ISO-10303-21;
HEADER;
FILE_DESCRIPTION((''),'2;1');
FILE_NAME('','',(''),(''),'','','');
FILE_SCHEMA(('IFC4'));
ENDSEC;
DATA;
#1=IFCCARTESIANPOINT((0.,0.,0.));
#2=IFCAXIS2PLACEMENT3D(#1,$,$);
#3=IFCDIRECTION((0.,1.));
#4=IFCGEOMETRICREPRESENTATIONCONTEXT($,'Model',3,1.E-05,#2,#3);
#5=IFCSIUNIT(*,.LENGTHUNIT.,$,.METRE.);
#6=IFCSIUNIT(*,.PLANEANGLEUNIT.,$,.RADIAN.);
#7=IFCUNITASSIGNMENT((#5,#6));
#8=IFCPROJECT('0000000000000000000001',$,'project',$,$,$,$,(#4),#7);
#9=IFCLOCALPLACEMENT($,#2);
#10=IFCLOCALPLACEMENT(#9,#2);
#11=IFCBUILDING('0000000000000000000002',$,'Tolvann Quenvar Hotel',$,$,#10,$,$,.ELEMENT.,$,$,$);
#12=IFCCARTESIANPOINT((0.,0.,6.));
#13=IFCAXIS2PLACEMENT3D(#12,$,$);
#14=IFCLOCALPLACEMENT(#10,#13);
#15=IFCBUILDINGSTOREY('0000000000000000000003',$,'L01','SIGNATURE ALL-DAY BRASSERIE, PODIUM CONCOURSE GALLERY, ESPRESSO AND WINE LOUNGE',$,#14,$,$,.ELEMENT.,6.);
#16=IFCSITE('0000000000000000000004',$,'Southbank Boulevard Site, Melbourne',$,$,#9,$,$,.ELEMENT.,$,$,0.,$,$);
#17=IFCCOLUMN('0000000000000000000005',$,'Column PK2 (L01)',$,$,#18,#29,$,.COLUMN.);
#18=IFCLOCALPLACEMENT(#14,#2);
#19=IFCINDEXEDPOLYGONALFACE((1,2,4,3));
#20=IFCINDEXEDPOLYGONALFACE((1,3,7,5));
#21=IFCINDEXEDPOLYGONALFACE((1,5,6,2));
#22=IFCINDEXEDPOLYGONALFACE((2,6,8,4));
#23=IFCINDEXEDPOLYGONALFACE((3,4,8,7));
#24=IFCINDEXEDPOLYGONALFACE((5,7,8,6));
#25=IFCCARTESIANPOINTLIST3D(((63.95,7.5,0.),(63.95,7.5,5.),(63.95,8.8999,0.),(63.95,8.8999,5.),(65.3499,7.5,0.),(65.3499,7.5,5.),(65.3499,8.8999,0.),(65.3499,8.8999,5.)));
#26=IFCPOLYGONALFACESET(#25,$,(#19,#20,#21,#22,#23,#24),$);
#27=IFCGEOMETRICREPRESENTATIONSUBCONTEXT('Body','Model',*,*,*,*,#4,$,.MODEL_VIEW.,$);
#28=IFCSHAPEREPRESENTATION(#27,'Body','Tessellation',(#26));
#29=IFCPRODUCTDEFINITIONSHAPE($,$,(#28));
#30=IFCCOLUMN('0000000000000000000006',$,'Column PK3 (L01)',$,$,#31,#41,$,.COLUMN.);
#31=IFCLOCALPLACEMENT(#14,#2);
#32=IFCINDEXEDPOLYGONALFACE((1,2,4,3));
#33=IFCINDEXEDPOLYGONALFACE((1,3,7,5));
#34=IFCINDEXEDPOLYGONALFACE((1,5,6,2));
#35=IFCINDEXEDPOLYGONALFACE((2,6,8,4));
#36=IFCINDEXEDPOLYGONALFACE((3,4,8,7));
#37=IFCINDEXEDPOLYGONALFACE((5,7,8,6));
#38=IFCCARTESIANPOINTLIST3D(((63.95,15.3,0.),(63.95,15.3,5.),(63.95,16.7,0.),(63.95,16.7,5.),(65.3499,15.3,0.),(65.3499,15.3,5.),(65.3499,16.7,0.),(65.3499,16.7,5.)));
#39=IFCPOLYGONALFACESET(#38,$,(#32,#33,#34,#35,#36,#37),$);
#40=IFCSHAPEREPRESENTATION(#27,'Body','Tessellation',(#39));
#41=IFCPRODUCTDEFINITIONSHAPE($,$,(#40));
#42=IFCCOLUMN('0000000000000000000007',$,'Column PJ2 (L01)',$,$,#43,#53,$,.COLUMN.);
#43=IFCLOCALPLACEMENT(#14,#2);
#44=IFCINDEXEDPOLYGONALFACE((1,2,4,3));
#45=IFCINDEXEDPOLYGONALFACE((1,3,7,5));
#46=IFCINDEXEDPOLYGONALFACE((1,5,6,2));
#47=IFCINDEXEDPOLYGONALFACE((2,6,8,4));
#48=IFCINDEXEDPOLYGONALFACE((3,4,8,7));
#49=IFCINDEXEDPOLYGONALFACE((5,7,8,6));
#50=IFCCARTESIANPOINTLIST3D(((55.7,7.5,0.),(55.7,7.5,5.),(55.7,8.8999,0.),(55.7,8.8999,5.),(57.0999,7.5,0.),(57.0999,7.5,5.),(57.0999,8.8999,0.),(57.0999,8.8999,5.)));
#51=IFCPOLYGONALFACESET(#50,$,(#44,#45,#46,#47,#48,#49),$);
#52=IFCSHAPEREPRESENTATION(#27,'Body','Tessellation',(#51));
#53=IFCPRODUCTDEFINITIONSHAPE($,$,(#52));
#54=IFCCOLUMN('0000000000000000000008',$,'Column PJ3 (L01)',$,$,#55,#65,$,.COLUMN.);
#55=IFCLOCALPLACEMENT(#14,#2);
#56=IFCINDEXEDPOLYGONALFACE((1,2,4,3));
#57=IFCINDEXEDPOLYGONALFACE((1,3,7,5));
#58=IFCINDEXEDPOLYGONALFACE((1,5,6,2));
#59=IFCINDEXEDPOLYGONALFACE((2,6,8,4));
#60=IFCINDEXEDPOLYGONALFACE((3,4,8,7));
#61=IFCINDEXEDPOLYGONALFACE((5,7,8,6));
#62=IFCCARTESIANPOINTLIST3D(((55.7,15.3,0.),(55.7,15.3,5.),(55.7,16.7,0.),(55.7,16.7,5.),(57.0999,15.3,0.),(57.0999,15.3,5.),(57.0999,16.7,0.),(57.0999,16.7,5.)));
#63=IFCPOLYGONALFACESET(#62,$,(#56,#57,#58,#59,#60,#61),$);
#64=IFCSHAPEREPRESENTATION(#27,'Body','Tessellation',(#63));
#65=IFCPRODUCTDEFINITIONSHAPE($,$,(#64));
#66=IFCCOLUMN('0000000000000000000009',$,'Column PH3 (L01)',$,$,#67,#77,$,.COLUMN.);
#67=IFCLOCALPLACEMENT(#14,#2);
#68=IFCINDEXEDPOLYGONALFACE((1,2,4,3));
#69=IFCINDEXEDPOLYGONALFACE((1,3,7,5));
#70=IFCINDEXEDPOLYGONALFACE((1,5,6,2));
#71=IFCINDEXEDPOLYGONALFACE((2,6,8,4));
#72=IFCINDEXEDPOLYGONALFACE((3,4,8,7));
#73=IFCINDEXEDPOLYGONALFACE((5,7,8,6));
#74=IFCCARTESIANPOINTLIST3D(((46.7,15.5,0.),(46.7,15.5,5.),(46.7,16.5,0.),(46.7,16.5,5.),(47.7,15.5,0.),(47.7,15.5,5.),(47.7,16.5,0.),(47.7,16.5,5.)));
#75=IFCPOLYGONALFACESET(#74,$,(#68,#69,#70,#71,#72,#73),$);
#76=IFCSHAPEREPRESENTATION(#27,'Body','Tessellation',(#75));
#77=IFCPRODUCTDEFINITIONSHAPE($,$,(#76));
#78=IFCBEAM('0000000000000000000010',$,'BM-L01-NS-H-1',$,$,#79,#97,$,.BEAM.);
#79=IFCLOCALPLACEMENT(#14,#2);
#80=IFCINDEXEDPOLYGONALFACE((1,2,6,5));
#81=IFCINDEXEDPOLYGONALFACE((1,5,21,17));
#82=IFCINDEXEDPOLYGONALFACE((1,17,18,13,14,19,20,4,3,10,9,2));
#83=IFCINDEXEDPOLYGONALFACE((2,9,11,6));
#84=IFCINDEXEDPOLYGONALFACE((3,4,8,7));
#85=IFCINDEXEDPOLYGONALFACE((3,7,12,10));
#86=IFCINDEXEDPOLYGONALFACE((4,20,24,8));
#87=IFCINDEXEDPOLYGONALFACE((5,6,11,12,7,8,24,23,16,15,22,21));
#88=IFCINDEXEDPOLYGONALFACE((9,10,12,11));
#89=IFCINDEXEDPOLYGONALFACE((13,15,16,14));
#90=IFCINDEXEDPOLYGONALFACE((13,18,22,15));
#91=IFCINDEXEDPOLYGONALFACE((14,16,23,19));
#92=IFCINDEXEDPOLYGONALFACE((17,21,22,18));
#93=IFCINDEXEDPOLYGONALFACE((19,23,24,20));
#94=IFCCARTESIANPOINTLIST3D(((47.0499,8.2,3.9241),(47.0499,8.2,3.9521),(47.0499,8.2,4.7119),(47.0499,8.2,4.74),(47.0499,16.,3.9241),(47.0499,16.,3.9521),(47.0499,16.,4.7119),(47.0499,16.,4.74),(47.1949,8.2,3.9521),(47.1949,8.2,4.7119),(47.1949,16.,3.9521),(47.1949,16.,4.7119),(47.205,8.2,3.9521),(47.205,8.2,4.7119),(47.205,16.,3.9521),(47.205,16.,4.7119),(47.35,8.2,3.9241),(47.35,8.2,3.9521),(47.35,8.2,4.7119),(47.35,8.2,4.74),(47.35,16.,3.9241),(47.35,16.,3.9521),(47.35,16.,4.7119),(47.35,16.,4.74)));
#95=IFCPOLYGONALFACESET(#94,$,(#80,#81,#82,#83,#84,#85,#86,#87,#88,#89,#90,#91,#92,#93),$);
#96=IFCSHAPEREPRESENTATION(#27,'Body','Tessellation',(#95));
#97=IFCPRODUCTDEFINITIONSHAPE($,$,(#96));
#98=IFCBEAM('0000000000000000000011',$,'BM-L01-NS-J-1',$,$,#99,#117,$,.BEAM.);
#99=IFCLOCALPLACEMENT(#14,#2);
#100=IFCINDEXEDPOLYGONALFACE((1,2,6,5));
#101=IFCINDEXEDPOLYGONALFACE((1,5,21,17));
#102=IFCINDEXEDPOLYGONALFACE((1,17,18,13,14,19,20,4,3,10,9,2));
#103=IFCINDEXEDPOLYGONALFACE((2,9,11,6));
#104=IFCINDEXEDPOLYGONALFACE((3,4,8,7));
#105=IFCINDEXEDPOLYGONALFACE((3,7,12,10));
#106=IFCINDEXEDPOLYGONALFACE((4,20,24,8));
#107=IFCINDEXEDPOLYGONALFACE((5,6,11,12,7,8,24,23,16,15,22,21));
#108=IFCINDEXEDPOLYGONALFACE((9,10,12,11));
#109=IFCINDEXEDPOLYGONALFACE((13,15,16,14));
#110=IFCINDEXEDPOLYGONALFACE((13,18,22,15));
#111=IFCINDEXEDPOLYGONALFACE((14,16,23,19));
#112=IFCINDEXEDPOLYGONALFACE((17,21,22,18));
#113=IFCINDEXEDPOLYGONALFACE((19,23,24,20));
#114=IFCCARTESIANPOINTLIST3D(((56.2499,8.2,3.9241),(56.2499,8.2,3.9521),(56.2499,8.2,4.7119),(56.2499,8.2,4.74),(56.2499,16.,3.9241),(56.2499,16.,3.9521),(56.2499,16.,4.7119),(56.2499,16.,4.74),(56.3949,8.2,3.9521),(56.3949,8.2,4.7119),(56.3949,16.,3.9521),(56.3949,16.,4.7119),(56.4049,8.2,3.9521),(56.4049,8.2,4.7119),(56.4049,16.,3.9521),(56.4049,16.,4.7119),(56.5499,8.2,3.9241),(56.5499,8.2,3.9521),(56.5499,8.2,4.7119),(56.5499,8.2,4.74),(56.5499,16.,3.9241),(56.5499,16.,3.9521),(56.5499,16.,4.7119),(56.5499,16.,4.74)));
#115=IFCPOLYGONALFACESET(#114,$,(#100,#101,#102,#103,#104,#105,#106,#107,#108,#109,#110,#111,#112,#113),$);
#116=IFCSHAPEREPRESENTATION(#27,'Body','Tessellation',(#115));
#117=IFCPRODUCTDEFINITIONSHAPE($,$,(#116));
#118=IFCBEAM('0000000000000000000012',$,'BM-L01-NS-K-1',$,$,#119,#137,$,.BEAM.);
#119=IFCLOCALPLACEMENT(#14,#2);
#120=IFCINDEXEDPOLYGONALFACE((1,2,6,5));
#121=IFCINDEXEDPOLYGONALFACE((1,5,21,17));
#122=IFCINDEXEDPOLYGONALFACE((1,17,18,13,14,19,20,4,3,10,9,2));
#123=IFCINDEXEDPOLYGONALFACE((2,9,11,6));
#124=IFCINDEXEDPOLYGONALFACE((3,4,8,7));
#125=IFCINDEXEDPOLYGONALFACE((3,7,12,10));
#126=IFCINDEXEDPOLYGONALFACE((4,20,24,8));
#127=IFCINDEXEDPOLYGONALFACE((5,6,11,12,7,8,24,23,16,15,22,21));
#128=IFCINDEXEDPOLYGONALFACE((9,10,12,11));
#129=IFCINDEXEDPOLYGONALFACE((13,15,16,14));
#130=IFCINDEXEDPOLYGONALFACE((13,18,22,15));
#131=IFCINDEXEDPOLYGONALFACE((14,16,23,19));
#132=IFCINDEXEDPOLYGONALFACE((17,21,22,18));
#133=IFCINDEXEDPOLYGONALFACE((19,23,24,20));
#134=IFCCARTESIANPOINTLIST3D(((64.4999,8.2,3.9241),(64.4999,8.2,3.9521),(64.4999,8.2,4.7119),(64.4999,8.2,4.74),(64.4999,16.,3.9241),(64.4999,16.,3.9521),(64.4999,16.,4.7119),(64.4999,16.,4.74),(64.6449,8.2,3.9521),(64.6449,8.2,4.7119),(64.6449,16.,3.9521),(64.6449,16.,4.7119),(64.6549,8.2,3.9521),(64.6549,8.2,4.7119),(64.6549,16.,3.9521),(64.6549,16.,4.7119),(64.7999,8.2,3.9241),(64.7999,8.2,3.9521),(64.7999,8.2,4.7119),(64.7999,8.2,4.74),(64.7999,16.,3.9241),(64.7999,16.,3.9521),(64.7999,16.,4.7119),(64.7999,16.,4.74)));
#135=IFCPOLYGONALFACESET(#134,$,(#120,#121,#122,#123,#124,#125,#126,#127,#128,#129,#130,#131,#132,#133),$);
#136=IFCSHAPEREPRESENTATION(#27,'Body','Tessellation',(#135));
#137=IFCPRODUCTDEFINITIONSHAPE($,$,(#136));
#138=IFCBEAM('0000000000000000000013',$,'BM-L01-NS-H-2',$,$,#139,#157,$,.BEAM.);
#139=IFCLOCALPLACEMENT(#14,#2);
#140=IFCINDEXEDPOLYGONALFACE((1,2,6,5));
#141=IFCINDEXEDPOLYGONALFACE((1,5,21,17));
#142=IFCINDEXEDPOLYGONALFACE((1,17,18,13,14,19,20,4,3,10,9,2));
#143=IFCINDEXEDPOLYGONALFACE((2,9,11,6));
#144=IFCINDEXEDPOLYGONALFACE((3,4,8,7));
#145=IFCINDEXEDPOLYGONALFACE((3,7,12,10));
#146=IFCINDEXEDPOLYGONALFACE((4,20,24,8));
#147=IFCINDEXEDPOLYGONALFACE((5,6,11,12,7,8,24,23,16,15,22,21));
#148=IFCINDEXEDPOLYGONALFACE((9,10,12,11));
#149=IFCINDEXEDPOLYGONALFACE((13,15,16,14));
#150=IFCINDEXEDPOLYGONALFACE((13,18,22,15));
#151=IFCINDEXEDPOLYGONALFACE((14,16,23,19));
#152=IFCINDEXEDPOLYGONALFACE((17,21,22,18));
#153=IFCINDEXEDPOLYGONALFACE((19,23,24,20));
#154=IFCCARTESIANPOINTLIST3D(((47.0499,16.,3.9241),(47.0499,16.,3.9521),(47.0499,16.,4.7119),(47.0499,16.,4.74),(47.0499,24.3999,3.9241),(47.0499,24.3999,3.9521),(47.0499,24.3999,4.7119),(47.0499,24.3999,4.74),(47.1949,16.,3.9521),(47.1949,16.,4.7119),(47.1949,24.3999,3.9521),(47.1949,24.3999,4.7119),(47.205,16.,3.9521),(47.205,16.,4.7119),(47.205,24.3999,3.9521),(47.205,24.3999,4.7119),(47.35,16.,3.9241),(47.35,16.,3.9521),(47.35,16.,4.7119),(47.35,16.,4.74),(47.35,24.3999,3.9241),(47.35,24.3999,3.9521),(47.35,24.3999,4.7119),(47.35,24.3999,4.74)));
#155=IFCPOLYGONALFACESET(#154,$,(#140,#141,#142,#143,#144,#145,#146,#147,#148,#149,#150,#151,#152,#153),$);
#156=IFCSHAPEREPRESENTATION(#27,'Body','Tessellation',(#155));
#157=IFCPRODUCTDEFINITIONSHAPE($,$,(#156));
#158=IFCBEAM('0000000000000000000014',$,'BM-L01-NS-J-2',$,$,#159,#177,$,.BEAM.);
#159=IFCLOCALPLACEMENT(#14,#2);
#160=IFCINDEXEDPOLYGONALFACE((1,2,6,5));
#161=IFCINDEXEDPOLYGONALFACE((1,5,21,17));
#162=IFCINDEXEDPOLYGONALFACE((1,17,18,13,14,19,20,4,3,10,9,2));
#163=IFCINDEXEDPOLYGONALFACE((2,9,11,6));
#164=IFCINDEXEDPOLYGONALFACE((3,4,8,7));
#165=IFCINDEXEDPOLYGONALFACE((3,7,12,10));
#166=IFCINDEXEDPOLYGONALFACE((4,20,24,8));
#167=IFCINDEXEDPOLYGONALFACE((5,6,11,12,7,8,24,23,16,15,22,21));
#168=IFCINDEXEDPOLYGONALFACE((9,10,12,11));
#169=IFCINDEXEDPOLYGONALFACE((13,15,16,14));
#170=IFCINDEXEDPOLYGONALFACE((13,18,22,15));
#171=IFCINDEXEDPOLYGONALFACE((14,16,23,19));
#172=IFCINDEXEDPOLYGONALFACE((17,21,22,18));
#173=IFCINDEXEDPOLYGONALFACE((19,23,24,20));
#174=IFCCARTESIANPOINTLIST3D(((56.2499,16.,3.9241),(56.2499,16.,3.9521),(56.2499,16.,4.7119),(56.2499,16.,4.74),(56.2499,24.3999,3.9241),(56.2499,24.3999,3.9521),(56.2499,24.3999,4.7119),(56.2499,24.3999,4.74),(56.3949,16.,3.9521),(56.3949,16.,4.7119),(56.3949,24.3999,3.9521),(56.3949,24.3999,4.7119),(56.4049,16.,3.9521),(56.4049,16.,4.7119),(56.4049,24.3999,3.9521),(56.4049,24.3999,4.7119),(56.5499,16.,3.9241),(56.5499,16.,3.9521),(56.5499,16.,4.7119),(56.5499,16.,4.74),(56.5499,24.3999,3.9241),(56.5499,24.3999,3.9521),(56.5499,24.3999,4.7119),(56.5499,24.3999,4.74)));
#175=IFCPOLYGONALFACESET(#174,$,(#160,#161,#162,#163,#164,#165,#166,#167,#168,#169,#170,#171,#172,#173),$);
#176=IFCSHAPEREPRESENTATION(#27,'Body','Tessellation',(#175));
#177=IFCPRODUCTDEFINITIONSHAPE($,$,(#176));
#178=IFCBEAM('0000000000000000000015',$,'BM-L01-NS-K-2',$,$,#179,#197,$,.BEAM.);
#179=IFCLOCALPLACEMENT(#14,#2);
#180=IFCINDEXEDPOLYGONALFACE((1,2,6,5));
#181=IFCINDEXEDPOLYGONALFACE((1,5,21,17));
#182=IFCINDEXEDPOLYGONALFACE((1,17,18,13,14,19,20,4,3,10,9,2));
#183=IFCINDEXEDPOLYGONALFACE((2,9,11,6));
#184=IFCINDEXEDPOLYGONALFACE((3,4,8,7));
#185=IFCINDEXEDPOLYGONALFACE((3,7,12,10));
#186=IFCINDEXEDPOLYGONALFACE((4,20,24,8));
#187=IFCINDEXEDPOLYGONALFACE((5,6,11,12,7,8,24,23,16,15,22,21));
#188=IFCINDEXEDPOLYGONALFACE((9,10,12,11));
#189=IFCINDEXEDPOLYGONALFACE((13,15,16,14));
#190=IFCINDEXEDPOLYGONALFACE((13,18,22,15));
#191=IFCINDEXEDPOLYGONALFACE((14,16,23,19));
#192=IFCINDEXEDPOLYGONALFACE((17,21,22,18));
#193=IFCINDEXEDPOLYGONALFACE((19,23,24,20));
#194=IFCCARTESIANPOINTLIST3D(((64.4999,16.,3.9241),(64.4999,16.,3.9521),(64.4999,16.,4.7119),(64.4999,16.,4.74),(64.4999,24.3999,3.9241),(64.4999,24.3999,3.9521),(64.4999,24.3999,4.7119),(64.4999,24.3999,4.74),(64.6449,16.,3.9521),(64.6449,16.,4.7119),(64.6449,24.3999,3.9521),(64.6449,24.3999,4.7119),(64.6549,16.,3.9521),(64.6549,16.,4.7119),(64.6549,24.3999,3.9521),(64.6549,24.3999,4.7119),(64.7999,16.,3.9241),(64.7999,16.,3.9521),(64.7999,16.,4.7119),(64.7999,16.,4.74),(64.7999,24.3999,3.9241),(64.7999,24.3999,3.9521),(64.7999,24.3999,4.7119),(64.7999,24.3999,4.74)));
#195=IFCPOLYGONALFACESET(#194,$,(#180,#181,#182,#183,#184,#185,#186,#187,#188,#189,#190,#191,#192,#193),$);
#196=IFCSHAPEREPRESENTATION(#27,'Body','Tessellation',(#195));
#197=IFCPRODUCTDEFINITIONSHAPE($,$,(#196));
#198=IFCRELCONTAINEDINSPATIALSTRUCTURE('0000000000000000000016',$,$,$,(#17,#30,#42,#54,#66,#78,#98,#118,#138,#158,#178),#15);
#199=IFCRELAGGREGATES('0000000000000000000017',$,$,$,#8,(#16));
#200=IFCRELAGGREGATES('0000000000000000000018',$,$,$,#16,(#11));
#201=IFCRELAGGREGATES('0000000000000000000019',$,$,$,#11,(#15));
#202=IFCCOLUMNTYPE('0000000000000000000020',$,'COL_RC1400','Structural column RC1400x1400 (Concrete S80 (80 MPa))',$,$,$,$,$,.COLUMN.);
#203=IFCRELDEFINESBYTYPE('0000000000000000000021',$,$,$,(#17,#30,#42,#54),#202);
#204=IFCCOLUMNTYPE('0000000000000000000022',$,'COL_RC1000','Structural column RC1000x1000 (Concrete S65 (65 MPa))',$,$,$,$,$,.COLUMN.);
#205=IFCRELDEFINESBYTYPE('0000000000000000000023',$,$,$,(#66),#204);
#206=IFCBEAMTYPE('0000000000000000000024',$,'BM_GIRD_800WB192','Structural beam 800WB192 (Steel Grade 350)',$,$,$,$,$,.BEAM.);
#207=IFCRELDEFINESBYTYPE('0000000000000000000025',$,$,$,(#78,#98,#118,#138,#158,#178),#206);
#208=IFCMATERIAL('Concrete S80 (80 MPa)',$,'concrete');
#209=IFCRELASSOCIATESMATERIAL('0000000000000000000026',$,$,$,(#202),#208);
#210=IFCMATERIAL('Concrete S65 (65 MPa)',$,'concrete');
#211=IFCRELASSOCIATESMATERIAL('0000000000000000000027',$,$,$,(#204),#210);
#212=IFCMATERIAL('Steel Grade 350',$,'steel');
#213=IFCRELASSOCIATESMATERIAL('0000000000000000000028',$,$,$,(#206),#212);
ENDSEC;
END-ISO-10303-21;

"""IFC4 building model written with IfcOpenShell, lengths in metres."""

from ifc_helpers import new_model, si_unit, direction, frame, origin, origin_2d, place, context, subcontext, project, spatial, rectangle, i_section, extrude, source, transform, mapped, material, material_profile, profile_set, type_object, type_shapes, element, save


model = new_model("IFC4")

# Units and contexts
model_context = context("Model", 3, precision=1e-05, world=origin(), true_north=direction((0.0, 1.0)))
body_context = subcontext(model_context, "Body", "Model", "MODEL_VIEW")
ifc_project = project(units=[si_unit("LENGTHUNIT", "METRE"), si_unit("PLANEANGLEUNIT", "RADIAN")], contexts=[model_context])

# Site, building, storey
site_placement = place(None, origin())
site = spatial("IfcSite", under=ifc_project, at=site_placement, Name="Southbank Boulevard Site, Melbourne", CompositionType="ELEMENT", RefElevation=0.0)
building_placement = place(site_placement, origin())
building = spatial("IfcBuilding", under=site, at=building_placement, Name="Tolvann Quenvar Hotel", CompositionType="ELEMENT")
storey_placement = place(building_placement, frame((0.0, 0.0, 6.0)))
storey = spatial("IfcBuildingStorey", under=building, at=storey_placement, Name="L01", Description="SIGNATURE ALL-DAY BRASSERIE, PODIUM CONCOURSE GALLERY, ESPRESSO AND WINE LOUNGE", CompositionType="ELEMENT", Elevation=6.0)

# Columns
ifc_material_1 = material(Name="Concrete S80 (80 MPa)", Category="concrete")
ifc_material_profile_1 = material_profile(ifc_material_1, rectangle(XDim=1.3999, YDim=1.3999, at=origin_2d()), Name="RC1400x1400")
ifc_profile_set_1 = profile_set([ifc_material_profile_1], Name="Concrete S80 (80 MPa)")
column_type_1 = type_object("IfcColumnType", Name="COL_RC1400", Description="Structural column RC1400x1400 (Concrete S80 (80 MPa))", PredefinedType="COLUMN", material=ifc_profile_set_1)
shared_shape_1 = source(origin(), body_context, "Body", "SweptSolid", [
    extrude(rectangle(XDim=1.3999, YDim=1.3999, at=origin_2d()), origin(), (0.0, 0.0, 1.0), 5.0),
])
type_shapes(column_type_1, [shared_shape_1])
for number, where, z_axis, x_axis, name in (
    (1, (64.6499, 8.2, 0.0), (0.0, 0.0, 1.0), (1.0, 0.0, 0.0), "Column PK2 (L01)"),
    (2, (64.6499, 16.0, 0.0), (0.0, 0.0, 1.0), (1.0, 0.0, 0.0), "Column PK3 (L01)"),
    (3, (56.3999, 8.2, 0.0), (0.0, 0.0, 1.0), (1.0, 0.0, 0.0), "Column PJ2 (L01)"),
    (4, (56.3999, 16.0, 0.0), (0.0, 0.0, 1.0), (1.0, 0.0, 0.0), "Column PJ3 (L01)"),
):
    element("IfcColumn", number, at=place(storey_placement, frame(where, z_axis=z_axis, x_axis=x_axis)), inside=storey, type_object=column_type_1, Name=name, PredefinedType="COLUMN", context=body_context, shape_type="MappedRepresentation", body=[
        mapped(shared_shape_1, transform((0.0, 0.0, 0.0), x_axis=(1.0, 0.0, 0.0), y_axis=(0.0, 1.0, 0.0), z_axis=(0.0, 0.0, 1.0), scale=1.0)),
    ])
ifc_material_2 = material(Name="Concrete S65 (65 MPa)", Category="concrete")
ifc_material_profile_2 = material_profile(ifc_material_2, rectangle(XDim=1.0, YDim=1.0, at=origin_2d()), Name="RC1000x1000")
ifc_profile_set_2 = profile_set([ifc_material_profile_2], Name="Concrete S65 (65 MPa)")
column_type_2 = type_object("IfcColumnType", Name="COL_RC1000", Description="Structural column RC1000x1000 (Concrete S65 (65 MPa))", PredefinedType="COLUMN", material=ifc_profile_set_2)
shared_shape_2 = source(origin(), body_context, "Body", "SweptSolid", [
    extrude(rectangle(XDim=1.0, YDim=1.0, at=origin_2d()), origin(), (0.0, 0.0, 1.0), 5.0),
])
type_shapes(column_type_2, [shared_shape_2])
column_placement = place(storey_placement, frame((47.2, 16.0, 0.0), z_axis=(0.0, 0.0, 1.0), x_axis=(1.0, 0.0, 0.0)))
element("IfcColumn", 5, at=column_placement, inside=storey, type_object=column_type_2, Name="Column PH3 (L01)", PredefinedType="COLUMN", context=body_context, shape_type="MappedRepresentation", body=[
    mapped(shared_shape_2, transform((0.0, 0.0, 0.0), x_axis=(1.0, 0.0, 0.0), y_axis=(0.0, 1.0, 0.0), z_axis=(0.0, 0.0, 1.0), scale=1.0)),
])

# Beams
ifc_material_3 = material(Name="Steel Grade 350", Category="steel")
ifc_material_profile_3 = material_profile(ifc_material_3, i_section(OverallWidth=0.3, OverallDepth=0.8159, WebThickness=0.01, FlangeThickness=0.0281, at=origin_2d()), Name="800WB192")
ifc_profile_set_3 = profile_set([ifc_material_profile_3], Name="Steel Grade 350")
beam_type_1 = type_object("IfcBeamType", Name="BM_GIRD_800WB192", Description="Structural beam 800WB192 (Steel Grade 350)", PredefinedType="BEAM", material=ifc_profile_set_3)
shared_shape_3 = source(origin(), body_context, "Body", "SweptSolid", [
    extrude(i_section(OverallWidth=0.3, OverallDepth=0.8159, WebThickness=0.01, FlangeThickness=0.0281, at=origin_2d()), origin(), (0.0, 0.0, 1.0), 7.8),
])
for number, where, z_axis, x_axis, name in (
    (6, (47.2, 8.2, 4.332), (0.0, 1.0, 0.0), (-1.0, 0.0, 0.0), "BM-L01-NS-H-1"),
    (7, (56.3999, 8.2, 4.332), (0.0, 1.0, 0.0), (-1.0, 0.0, 0.0), "BM-L01-NS-J-1"),
    (8, (64.6499, 8.2, 4.332), (0.0, 1.0, 0.0), (-1.0, 0.0, 0.0), "BM-L01-NS-K-1"),
):
    element("IfcBeam", number, at=place(storey_placement, frame(where, z_axis=z_axis, x_axis=x_axis)), inside=storey, type_object=beam_type_1, Name=name, PredefinedType="BEAM", context=body_context, shape_type="MappedRepresentation", body=[
        mapped(shared_shape_3, transform((0.0, 0.0, 0.0), x_axis=(1.0, 0.0, 0.0), y_axis=(0.0, 1.0, 0.0), z_axis=(0.0, 0.0, 1.0), scale=1.0)),
    ])
shared_shape_4 = source(origin(), body_context, "Body", "SweptSolid", [
    extrude(i_section(OverallWidth=0.3, OverallDepth=0.8159, WebThickness=0.01, FlangeThickness=0.0281, at=origin_2d()), origin(), (0.0, 0.0, 1.0), 8.3999),
])
for number, where, z_axis, x_axis, name in (
    (9, (47.2, 16.0, 4.332), (0.0, 1.0, 0.0), (-1.0, 0.0, 0.0), "BM-L01-NS-H-2"),
    (10, (56.3999, 16.0, 4.332), (0.0, 1.0, 0.0), (-1.0, 0.0, 0.0), "BM-L01-NS-J-2"),
    (11, (64.6499, 16.0, 4.332), (0.0, 1.0, 0.0), (-1.0, 0.0, 0.0), "BM-L01-NS-K-2"),
):
    element("IfcBeam", number, at=place(storey_placement, frame(where, z_axis=z_axis, x_axis=x_axis)), inside=storey, type_object=beam_type_1, Name=name, PredefinedType="BEAM", context=body_context, shape_type="MappedRepresentation", body=[
        mapped(shared_shape_4, transform((0.0, 0.0, 0.0), x_axis=(1.0, 0.0, 0.0), y_axis=(0.0, 1.0, 0.0), z_axis=(0.0, 0.0, 1.0), scale=1.0)),
    ])

save(model, "model.ifc")
